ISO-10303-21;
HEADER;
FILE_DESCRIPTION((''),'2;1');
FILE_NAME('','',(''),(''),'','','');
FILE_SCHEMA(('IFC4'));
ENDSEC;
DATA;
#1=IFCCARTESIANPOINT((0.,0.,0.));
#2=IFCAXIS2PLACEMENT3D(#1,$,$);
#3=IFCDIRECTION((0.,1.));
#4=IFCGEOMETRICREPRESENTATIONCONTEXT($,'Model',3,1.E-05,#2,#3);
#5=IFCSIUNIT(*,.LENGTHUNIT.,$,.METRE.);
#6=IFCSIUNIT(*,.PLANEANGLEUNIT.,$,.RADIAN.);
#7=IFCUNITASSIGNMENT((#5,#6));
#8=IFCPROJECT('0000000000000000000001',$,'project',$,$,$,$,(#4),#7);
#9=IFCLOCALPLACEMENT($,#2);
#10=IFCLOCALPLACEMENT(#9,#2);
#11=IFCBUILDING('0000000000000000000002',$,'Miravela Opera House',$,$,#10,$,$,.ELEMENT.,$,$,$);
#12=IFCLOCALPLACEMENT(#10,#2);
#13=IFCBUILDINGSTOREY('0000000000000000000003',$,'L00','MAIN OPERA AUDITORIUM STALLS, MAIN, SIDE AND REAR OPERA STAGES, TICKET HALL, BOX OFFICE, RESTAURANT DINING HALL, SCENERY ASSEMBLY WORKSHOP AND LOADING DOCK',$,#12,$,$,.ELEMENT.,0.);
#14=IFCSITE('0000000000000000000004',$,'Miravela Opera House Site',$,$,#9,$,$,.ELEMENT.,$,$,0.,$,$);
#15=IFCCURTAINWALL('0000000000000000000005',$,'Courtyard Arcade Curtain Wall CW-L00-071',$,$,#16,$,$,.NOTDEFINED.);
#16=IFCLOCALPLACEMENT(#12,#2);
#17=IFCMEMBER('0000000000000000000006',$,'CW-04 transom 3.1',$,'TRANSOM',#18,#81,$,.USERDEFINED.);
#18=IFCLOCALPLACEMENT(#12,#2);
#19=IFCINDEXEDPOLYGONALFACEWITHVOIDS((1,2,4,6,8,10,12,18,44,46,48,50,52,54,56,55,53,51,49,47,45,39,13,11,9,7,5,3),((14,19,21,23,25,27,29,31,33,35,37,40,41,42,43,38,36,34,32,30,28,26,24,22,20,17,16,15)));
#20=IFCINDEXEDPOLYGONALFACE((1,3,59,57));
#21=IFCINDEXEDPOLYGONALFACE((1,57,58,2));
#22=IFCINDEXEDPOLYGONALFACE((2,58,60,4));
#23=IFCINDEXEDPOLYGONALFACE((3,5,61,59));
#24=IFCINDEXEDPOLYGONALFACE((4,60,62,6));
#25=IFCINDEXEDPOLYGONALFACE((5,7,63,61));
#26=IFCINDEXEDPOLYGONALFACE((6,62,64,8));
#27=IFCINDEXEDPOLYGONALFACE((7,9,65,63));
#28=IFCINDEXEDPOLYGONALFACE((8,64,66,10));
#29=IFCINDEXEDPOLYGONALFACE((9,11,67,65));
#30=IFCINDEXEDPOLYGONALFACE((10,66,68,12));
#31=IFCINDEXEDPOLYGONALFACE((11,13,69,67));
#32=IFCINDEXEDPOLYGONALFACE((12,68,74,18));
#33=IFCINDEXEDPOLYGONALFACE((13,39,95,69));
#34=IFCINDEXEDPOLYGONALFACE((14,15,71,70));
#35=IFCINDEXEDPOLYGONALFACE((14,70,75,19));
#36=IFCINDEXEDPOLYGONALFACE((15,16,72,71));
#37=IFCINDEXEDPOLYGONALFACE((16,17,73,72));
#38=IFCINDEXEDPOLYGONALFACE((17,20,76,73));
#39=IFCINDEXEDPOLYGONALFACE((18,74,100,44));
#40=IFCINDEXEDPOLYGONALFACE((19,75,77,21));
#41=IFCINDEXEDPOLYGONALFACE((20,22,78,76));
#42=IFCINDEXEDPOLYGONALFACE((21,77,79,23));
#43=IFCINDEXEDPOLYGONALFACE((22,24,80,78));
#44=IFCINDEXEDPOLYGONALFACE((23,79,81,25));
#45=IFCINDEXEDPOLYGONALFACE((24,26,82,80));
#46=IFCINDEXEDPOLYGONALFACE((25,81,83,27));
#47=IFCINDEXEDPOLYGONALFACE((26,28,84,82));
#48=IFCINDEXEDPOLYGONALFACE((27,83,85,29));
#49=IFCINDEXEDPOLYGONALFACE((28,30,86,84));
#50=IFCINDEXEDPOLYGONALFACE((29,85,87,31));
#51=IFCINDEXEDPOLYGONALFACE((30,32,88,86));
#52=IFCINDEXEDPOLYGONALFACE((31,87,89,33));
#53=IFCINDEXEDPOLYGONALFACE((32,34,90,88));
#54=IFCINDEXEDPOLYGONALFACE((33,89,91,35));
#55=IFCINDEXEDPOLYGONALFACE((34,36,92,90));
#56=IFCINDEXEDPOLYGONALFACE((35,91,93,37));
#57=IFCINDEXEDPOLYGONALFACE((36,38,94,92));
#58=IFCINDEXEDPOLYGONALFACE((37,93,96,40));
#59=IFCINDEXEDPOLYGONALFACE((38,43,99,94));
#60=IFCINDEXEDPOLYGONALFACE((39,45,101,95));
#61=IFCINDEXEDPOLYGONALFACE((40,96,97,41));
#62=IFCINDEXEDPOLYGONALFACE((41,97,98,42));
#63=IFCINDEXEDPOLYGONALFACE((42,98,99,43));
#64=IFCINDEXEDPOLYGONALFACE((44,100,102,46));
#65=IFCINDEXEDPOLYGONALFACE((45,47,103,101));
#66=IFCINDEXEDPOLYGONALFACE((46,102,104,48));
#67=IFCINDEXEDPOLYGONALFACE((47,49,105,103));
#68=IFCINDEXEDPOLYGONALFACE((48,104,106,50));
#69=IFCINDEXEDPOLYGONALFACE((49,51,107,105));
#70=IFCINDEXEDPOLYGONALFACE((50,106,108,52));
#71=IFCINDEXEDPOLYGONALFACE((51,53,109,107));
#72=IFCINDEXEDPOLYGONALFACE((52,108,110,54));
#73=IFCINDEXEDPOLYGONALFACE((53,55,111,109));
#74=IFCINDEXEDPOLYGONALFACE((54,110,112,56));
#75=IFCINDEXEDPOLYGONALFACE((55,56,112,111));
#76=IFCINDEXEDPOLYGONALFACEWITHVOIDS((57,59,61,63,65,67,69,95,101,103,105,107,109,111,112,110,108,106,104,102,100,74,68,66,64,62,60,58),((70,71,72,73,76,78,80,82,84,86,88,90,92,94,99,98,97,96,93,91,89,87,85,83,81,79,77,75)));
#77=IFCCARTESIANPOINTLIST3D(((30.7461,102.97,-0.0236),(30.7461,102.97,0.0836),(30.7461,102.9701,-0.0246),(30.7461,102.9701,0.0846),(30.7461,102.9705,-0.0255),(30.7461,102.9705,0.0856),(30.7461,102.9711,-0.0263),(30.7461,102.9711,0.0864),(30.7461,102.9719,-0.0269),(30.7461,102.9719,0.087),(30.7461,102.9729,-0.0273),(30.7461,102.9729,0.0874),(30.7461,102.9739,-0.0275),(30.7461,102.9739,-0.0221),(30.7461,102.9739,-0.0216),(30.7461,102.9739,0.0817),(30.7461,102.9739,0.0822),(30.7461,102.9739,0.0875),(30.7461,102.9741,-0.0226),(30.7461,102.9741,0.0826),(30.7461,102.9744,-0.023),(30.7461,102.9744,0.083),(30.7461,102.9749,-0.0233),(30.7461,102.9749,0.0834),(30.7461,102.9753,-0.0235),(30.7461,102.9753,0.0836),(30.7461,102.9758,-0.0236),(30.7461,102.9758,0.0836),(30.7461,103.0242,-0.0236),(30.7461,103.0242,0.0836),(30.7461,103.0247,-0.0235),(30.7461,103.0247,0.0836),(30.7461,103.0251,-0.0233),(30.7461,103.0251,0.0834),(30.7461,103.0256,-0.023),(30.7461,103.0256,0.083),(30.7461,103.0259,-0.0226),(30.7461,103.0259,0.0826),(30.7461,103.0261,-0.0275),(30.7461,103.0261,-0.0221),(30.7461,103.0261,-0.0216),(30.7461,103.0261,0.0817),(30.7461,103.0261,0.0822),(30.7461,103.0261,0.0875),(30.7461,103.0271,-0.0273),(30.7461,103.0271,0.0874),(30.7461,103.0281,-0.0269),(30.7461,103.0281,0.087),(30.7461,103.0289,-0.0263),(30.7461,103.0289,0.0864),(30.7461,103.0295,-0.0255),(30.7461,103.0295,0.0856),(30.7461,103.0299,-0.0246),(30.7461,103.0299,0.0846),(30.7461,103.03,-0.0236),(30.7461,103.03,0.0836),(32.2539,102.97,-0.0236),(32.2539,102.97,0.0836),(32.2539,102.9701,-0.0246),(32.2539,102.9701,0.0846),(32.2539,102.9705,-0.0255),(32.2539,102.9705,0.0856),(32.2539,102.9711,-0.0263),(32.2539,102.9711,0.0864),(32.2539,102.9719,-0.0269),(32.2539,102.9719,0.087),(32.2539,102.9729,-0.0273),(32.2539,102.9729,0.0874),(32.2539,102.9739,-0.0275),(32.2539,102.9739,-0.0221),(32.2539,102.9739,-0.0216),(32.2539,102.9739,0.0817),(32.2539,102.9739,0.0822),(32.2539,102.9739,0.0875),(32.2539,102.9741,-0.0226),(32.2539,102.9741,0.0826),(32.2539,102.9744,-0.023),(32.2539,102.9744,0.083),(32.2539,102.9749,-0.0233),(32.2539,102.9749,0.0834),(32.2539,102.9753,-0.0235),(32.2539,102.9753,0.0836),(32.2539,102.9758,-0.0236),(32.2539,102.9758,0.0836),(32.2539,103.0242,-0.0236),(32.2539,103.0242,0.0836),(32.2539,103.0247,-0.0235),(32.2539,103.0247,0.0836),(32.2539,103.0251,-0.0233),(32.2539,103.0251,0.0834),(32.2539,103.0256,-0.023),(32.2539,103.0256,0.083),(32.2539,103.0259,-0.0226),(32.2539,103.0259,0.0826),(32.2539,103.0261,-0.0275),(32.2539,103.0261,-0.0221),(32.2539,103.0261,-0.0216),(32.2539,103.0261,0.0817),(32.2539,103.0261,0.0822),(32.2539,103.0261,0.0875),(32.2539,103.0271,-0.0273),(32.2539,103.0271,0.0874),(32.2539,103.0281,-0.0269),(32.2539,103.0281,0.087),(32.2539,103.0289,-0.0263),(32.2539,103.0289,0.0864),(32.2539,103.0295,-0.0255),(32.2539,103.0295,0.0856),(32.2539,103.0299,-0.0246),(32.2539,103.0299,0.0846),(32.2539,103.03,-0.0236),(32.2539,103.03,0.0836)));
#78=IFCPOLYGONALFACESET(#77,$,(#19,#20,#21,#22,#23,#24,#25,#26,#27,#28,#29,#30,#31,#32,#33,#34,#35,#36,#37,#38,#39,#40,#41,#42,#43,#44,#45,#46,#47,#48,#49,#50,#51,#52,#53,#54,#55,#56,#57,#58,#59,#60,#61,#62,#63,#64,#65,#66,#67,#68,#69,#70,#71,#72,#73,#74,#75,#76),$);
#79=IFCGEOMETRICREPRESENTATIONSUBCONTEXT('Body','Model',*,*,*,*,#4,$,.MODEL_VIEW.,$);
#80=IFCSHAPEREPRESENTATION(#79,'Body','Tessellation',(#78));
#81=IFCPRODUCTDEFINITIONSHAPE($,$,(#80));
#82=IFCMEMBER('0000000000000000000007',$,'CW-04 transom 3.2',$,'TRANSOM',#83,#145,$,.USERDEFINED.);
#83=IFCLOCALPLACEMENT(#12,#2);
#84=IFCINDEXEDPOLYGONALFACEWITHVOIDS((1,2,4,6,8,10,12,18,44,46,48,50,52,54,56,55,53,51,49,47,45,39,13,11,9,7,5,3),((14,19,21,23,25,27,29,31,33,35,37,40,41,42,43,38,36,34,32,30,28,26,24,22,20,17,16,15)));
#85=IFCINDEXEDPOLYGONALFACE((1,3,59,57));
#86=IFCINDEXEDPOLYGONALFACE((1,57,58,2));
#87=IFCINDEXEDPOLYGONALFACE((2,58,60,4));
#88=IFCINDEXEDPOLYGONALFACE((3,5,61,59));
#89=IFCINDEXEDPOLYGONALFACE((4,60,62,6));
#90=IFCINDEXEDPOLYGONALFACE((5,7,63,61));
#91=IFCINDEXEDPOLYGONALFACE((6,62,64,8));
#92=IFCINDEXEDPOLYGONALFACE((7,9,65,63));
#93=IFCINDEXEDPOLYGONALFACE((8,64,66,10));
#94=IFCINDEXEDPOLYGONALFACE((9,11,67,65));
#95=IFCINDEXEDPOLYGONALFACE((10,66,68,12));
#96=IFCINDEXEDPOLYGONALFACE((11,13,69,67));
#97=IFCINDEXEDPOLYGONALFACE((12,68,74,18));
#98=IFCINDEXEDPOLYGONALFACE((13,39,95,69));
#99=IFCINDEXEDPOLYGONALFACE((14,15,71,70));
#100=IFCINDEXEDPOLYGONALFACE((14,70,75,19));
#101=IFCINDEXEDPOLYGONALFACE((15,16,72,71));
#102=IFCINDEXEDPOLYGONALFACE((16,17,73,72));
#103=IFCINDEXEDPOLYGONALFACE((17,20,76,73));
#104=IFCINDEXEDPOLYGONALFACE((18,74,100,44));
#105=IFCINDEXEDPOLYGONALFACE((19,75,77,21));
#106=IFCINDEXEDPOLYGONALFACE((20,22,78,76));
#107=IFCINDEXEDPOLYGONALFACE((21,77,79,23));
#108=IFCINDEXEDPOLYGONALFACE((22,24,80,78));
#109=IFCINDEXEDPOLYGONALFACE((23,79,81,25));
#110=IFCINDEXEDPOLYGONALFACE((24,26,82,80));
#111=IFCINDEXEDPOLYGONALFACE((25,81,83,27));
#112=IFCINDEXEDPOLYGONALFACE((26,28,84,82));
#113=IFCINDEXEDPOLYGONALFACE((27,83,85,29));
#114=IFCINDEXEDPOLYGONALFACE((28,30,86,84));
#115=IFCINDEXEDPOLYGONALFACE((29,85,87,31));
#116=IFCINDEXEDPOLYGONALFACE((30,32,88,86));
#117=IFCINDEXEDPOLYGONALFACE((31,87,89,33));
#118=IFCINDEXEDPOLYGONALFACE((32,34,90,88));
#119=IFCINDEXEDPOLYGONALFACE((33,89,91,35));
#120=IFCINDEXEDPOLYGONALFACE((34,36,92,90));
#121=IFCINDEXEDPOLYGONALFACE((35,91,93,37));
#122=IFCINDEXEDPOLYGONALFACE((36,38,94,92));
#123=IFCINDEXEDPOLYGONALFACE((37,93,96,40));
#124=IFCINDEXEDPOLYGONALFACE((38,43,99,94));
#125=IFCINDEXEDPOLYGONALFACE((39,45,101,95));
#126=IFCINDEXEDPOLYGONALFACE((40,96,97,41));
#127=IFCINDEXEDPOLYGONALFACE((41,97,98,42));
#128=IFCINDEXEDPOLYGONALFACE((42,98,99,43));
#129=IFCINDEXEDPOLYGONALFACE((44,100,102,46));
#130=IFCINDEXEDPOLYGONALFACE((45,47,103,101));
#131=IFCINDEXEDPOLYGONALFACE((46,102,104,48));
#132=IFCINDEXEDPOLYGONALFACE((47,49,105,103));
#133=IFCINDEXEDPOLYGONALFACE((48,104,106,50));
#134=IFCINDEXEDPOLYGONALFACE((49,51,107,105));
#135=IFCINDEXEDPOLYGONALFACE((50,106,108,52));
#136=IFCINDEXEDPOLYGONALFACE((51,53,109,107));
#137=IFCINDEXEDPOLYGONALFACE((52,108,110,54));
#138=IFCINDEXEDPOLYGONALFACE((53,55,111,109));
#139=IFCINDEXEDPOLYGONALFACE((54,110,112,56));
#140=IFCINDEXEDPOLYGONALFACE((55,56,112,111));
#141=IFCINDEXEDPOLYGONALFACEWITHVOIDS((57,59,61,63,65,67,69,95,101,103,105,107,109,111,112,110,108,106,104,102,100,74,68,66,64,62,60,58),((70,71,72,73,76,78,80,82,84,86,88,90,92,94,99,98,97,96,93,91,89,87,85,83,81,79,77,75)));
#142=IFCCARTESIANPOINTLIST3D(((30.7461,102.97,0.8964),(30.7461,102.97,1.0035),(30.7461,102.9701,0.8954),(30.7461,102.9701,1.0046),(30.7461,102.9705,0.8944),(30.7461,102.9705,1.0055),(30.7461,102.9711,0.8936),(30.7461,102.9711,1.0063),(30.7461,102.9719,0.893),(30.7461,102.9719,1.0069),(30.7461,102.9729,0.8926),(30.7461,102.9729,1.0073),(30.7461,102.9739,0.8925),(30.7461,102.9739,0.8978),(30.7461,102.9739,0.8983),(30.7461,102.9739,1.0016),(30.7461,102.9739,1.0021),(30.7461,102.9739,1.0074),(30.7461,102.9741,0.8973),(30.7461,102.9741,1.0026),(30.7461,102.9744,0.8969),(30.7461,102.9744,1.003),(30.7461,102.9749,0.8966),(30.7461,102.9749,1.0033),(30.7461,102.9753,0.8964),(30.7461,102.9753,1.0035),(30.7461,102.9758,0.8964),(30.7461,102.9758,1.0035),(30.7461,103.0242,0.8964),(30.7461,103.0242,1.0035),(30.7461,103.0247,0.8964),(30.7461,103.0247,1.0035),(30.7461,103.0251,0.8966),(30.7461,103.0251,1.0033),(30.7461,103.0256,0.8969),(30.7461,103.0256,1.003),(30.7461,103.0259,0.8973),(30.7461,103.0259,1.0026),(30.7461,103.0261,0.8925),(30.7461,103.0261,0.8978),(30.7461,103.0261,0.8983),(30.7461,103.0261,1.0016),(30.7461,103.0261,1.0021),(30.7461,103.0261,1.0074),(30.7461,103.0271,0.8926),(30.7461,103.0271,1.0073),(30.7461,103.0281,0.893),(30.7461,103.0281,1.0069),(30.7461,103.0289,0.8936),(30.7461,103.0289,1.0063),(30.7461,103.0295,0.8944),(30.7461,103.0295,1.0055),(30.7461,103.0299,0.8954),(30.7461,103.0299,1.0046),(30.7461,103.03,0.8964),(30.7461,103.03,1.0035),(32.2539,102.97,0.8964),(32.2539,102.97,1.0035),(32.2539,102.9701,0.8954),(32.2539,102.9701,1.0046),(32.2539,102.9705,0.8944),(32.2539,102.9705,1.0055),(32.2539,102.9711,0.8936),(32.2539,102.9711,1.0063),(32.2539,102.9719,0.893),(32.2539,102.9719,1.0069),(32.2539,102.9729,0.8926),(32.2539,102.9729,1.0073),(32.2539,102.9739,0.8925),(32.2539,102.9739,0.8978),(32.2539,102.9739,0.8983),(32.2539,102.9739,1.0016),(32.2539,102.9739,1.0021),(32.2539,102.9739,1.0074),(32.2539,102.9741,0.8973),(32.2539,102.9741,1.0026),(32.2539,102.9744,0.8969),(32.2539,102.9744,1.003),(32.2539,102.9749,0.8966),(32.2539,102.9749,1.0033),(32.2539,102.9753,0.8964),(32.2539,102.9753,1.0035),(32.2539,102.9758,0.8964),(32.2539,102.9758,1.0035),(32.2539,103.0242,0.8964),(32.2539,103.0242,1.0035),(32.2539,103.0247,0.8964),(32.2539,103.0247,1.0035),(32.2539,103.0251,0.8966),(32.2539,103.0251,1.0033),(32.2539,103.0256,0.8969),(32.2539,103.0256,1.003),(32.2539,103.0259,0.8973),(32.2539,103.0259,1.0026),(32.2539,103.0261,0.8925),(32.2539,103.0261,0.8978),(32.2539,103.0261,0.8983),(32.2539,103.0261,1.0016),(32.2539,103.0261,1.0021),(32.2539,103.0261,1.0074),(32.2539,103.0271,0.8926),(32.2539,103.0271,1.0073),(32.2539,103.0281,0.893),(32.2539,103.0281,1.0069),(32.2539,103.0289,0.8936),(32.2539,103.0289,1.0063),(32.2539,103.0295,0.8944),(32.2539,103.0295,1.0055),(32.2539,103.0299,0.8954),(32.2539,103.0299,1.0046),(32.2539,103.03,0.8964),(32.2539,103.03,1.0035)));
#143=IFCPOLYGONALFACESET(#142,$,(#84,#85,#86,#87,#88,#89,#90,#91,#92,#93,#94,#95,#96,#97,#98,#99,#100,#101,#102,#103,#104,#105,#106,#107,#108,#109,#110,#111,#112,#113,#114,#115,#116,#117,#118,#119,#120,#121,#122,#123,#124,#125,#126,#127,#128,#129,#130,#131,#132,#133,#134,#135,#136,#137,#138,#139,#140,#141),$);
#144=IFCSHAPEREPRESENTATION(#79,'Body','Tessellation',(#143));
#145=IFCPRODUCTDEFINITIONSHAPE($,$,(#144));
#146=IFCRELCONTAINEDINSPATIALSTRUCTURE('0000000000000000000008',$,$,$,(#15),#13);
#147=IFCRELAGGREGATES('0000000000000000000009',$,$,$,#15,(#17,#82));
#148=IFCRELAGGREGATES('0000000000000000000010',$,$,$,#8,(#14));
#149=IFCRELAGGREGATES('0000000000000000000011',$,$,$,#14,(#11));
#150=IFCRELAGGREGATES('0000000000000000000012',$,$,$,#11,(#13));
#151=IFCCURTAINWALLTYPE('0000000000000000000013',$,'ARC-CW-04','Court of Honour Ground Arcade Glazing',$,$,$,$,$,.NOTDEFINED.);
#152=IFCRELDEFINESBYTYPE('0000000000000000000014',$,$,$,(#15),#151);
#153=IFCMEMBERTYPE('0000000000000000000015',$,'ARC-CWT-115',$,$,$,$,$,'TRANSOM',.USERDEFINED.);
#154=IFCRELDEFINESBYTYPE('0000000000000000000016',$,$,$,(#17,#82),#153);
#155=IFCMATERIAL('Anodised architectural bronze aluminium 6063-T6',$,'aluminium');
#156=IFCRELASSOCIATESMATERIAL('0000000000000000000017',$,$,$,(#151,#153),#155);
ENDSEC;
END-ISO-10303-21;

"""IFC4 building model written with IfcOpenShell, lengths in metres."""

from ifc_helpers import new_model, si_unit, direction, frame, origin, origin_2d, place, context, subcontext, project, spatial, hollow_rectangle, extrude, material, material_profile, profile_set, type_object, element, aggregate, save


model = new_model("IFC4")

# Units and contexts
model_context = context("Model", 3, precision=1e-05, world=origin(), true_north=direction((0.0, 1.0)))
body_context = subcontext(model_context, "Body", "Model", "MODEL_VIEW")
ifc_project = project(units=[si_unit("LENGTHUNIT", "METRE"), si_unit("PLANEANGLEUNIT", "RADIAN")], contexts=[model_context])

# Site, building, storey
site_placement = place(None, origin())
site = spatial("IfcSite", under=ifc_project, at=site_placement, Name="Miravela Opera House Site", CompositionType="ELEMENT", RefElevation=0.0)
building_placement = place(site_placement, origin())
building = spatial("IfcBuilding", under=site, at=building_placement, Name="Miravela Opera House", CompositionType="ELEMENT")
storey_placement = place(building_placement, origin())
storey = spatial("IfcBuildingStorey", under=building, at=storey_placement, Name="L00", Description="MAIN OPERA AUDITORIUM STALLS, MAIN, SIDE AND REAR OPERA STAGES, TICKET HALL, BOX OFFICE, RESTAURANT DINING HALL, SCENERY ASSEMBLY WORKSHOP AND LOADING DOCK", CompositionType="ELEMENT", Elevation=0.0)

# Curtain wall, members
ifc_material_1 = material(Name="Anodised architectural bronze aluminium 6063-T6", Category="aluminium")
curtain_wall_type = type_object("IfcCurtainWallType", Name="ARC-CW-04", Description="Court of Honour Ground Arcade Glazing", PredefinedType="NOTDEFINED", material=ifc_material_1)
curtain_wall_placement = place(storey_placement, origin())
curtain_wall = element("IfcCurtainWall", 1, at=curtain_wall_placement, inside=storey, type_object=curtain_wall_type, Name="Courtyard Arcade Curtain Wall CW-L00-071", PredefinedType="NOTDEFINED")
ifc_material_profile_1 = material_profile(ifc_material_1, hollow_rectangle(XDim=0.0601, YDim=0.115, WallThickness=0.0039, InnerFilletRadius=0.002, OuterFilletRadius=0.0039, at=origin_2d()), Name="CWT-60X115")
ifc_profile_set_1 = profile_set([ifc_material_profile_1])
member_type_1 = type_object("IfcMemberType", Name="ARC-CWT-115", ElementType="TRANSOM", PredefinedType="USERDEFINED", material=ifc_profile_set_1)
member_1_placement = place(storey_placement, frame((30.7461, 103.0, 0.03), z_axis=(1.0, 0.0, 0.0), x_axis=(0.0, 1.0, 0.0)))
member_1 = element("IfcMember", 2, at=member_1_placement, type_object=member_type_1, Name="CW-04 transom 3.1", ObjectType="TRANSOM", PredefinedType="USERDEFINED", context=body_context, shape_type="SweptSolid", body=[
    extrude(hollow_rectangle(XDim=0.0601, YDim=0.115, WallThickness=0.0039, InnerFilletRadius=0.002, OuterFilletRadius=0.0039, at=origin_2d()), origin(), (0.0, 0.0, 1.0), 1.5078),
])
member_2_placement = place(storey_placement, frame((30.7461, 103.0, 0.95), z_axis=(1.0, 0.0, 0.0), x_axis=(0.0, 1.0, 0.0)))
member_2 = element("IfcMember", 3, at=member_2_placement, type_object=member_type_1, Name="CW-04 transom 3.2", ObjectType="TRANSOM", PredefinedType="USERDEFINED", context=body_context, shape_type="SweptSolid", body=[
    extrude(hollow_rectangle(XDim=0.0601, YDim=0.115, WallThickness=0.0039, InnerFilletRadius=0.002, OuterFilletRadius=0.0039, at=origin_2d()), origin(), (0.0, 0.0, 1.0), 1.5078),
])

aggregate(curtain_wall, [member_1, member_2])

save(model, "model.ifc")
